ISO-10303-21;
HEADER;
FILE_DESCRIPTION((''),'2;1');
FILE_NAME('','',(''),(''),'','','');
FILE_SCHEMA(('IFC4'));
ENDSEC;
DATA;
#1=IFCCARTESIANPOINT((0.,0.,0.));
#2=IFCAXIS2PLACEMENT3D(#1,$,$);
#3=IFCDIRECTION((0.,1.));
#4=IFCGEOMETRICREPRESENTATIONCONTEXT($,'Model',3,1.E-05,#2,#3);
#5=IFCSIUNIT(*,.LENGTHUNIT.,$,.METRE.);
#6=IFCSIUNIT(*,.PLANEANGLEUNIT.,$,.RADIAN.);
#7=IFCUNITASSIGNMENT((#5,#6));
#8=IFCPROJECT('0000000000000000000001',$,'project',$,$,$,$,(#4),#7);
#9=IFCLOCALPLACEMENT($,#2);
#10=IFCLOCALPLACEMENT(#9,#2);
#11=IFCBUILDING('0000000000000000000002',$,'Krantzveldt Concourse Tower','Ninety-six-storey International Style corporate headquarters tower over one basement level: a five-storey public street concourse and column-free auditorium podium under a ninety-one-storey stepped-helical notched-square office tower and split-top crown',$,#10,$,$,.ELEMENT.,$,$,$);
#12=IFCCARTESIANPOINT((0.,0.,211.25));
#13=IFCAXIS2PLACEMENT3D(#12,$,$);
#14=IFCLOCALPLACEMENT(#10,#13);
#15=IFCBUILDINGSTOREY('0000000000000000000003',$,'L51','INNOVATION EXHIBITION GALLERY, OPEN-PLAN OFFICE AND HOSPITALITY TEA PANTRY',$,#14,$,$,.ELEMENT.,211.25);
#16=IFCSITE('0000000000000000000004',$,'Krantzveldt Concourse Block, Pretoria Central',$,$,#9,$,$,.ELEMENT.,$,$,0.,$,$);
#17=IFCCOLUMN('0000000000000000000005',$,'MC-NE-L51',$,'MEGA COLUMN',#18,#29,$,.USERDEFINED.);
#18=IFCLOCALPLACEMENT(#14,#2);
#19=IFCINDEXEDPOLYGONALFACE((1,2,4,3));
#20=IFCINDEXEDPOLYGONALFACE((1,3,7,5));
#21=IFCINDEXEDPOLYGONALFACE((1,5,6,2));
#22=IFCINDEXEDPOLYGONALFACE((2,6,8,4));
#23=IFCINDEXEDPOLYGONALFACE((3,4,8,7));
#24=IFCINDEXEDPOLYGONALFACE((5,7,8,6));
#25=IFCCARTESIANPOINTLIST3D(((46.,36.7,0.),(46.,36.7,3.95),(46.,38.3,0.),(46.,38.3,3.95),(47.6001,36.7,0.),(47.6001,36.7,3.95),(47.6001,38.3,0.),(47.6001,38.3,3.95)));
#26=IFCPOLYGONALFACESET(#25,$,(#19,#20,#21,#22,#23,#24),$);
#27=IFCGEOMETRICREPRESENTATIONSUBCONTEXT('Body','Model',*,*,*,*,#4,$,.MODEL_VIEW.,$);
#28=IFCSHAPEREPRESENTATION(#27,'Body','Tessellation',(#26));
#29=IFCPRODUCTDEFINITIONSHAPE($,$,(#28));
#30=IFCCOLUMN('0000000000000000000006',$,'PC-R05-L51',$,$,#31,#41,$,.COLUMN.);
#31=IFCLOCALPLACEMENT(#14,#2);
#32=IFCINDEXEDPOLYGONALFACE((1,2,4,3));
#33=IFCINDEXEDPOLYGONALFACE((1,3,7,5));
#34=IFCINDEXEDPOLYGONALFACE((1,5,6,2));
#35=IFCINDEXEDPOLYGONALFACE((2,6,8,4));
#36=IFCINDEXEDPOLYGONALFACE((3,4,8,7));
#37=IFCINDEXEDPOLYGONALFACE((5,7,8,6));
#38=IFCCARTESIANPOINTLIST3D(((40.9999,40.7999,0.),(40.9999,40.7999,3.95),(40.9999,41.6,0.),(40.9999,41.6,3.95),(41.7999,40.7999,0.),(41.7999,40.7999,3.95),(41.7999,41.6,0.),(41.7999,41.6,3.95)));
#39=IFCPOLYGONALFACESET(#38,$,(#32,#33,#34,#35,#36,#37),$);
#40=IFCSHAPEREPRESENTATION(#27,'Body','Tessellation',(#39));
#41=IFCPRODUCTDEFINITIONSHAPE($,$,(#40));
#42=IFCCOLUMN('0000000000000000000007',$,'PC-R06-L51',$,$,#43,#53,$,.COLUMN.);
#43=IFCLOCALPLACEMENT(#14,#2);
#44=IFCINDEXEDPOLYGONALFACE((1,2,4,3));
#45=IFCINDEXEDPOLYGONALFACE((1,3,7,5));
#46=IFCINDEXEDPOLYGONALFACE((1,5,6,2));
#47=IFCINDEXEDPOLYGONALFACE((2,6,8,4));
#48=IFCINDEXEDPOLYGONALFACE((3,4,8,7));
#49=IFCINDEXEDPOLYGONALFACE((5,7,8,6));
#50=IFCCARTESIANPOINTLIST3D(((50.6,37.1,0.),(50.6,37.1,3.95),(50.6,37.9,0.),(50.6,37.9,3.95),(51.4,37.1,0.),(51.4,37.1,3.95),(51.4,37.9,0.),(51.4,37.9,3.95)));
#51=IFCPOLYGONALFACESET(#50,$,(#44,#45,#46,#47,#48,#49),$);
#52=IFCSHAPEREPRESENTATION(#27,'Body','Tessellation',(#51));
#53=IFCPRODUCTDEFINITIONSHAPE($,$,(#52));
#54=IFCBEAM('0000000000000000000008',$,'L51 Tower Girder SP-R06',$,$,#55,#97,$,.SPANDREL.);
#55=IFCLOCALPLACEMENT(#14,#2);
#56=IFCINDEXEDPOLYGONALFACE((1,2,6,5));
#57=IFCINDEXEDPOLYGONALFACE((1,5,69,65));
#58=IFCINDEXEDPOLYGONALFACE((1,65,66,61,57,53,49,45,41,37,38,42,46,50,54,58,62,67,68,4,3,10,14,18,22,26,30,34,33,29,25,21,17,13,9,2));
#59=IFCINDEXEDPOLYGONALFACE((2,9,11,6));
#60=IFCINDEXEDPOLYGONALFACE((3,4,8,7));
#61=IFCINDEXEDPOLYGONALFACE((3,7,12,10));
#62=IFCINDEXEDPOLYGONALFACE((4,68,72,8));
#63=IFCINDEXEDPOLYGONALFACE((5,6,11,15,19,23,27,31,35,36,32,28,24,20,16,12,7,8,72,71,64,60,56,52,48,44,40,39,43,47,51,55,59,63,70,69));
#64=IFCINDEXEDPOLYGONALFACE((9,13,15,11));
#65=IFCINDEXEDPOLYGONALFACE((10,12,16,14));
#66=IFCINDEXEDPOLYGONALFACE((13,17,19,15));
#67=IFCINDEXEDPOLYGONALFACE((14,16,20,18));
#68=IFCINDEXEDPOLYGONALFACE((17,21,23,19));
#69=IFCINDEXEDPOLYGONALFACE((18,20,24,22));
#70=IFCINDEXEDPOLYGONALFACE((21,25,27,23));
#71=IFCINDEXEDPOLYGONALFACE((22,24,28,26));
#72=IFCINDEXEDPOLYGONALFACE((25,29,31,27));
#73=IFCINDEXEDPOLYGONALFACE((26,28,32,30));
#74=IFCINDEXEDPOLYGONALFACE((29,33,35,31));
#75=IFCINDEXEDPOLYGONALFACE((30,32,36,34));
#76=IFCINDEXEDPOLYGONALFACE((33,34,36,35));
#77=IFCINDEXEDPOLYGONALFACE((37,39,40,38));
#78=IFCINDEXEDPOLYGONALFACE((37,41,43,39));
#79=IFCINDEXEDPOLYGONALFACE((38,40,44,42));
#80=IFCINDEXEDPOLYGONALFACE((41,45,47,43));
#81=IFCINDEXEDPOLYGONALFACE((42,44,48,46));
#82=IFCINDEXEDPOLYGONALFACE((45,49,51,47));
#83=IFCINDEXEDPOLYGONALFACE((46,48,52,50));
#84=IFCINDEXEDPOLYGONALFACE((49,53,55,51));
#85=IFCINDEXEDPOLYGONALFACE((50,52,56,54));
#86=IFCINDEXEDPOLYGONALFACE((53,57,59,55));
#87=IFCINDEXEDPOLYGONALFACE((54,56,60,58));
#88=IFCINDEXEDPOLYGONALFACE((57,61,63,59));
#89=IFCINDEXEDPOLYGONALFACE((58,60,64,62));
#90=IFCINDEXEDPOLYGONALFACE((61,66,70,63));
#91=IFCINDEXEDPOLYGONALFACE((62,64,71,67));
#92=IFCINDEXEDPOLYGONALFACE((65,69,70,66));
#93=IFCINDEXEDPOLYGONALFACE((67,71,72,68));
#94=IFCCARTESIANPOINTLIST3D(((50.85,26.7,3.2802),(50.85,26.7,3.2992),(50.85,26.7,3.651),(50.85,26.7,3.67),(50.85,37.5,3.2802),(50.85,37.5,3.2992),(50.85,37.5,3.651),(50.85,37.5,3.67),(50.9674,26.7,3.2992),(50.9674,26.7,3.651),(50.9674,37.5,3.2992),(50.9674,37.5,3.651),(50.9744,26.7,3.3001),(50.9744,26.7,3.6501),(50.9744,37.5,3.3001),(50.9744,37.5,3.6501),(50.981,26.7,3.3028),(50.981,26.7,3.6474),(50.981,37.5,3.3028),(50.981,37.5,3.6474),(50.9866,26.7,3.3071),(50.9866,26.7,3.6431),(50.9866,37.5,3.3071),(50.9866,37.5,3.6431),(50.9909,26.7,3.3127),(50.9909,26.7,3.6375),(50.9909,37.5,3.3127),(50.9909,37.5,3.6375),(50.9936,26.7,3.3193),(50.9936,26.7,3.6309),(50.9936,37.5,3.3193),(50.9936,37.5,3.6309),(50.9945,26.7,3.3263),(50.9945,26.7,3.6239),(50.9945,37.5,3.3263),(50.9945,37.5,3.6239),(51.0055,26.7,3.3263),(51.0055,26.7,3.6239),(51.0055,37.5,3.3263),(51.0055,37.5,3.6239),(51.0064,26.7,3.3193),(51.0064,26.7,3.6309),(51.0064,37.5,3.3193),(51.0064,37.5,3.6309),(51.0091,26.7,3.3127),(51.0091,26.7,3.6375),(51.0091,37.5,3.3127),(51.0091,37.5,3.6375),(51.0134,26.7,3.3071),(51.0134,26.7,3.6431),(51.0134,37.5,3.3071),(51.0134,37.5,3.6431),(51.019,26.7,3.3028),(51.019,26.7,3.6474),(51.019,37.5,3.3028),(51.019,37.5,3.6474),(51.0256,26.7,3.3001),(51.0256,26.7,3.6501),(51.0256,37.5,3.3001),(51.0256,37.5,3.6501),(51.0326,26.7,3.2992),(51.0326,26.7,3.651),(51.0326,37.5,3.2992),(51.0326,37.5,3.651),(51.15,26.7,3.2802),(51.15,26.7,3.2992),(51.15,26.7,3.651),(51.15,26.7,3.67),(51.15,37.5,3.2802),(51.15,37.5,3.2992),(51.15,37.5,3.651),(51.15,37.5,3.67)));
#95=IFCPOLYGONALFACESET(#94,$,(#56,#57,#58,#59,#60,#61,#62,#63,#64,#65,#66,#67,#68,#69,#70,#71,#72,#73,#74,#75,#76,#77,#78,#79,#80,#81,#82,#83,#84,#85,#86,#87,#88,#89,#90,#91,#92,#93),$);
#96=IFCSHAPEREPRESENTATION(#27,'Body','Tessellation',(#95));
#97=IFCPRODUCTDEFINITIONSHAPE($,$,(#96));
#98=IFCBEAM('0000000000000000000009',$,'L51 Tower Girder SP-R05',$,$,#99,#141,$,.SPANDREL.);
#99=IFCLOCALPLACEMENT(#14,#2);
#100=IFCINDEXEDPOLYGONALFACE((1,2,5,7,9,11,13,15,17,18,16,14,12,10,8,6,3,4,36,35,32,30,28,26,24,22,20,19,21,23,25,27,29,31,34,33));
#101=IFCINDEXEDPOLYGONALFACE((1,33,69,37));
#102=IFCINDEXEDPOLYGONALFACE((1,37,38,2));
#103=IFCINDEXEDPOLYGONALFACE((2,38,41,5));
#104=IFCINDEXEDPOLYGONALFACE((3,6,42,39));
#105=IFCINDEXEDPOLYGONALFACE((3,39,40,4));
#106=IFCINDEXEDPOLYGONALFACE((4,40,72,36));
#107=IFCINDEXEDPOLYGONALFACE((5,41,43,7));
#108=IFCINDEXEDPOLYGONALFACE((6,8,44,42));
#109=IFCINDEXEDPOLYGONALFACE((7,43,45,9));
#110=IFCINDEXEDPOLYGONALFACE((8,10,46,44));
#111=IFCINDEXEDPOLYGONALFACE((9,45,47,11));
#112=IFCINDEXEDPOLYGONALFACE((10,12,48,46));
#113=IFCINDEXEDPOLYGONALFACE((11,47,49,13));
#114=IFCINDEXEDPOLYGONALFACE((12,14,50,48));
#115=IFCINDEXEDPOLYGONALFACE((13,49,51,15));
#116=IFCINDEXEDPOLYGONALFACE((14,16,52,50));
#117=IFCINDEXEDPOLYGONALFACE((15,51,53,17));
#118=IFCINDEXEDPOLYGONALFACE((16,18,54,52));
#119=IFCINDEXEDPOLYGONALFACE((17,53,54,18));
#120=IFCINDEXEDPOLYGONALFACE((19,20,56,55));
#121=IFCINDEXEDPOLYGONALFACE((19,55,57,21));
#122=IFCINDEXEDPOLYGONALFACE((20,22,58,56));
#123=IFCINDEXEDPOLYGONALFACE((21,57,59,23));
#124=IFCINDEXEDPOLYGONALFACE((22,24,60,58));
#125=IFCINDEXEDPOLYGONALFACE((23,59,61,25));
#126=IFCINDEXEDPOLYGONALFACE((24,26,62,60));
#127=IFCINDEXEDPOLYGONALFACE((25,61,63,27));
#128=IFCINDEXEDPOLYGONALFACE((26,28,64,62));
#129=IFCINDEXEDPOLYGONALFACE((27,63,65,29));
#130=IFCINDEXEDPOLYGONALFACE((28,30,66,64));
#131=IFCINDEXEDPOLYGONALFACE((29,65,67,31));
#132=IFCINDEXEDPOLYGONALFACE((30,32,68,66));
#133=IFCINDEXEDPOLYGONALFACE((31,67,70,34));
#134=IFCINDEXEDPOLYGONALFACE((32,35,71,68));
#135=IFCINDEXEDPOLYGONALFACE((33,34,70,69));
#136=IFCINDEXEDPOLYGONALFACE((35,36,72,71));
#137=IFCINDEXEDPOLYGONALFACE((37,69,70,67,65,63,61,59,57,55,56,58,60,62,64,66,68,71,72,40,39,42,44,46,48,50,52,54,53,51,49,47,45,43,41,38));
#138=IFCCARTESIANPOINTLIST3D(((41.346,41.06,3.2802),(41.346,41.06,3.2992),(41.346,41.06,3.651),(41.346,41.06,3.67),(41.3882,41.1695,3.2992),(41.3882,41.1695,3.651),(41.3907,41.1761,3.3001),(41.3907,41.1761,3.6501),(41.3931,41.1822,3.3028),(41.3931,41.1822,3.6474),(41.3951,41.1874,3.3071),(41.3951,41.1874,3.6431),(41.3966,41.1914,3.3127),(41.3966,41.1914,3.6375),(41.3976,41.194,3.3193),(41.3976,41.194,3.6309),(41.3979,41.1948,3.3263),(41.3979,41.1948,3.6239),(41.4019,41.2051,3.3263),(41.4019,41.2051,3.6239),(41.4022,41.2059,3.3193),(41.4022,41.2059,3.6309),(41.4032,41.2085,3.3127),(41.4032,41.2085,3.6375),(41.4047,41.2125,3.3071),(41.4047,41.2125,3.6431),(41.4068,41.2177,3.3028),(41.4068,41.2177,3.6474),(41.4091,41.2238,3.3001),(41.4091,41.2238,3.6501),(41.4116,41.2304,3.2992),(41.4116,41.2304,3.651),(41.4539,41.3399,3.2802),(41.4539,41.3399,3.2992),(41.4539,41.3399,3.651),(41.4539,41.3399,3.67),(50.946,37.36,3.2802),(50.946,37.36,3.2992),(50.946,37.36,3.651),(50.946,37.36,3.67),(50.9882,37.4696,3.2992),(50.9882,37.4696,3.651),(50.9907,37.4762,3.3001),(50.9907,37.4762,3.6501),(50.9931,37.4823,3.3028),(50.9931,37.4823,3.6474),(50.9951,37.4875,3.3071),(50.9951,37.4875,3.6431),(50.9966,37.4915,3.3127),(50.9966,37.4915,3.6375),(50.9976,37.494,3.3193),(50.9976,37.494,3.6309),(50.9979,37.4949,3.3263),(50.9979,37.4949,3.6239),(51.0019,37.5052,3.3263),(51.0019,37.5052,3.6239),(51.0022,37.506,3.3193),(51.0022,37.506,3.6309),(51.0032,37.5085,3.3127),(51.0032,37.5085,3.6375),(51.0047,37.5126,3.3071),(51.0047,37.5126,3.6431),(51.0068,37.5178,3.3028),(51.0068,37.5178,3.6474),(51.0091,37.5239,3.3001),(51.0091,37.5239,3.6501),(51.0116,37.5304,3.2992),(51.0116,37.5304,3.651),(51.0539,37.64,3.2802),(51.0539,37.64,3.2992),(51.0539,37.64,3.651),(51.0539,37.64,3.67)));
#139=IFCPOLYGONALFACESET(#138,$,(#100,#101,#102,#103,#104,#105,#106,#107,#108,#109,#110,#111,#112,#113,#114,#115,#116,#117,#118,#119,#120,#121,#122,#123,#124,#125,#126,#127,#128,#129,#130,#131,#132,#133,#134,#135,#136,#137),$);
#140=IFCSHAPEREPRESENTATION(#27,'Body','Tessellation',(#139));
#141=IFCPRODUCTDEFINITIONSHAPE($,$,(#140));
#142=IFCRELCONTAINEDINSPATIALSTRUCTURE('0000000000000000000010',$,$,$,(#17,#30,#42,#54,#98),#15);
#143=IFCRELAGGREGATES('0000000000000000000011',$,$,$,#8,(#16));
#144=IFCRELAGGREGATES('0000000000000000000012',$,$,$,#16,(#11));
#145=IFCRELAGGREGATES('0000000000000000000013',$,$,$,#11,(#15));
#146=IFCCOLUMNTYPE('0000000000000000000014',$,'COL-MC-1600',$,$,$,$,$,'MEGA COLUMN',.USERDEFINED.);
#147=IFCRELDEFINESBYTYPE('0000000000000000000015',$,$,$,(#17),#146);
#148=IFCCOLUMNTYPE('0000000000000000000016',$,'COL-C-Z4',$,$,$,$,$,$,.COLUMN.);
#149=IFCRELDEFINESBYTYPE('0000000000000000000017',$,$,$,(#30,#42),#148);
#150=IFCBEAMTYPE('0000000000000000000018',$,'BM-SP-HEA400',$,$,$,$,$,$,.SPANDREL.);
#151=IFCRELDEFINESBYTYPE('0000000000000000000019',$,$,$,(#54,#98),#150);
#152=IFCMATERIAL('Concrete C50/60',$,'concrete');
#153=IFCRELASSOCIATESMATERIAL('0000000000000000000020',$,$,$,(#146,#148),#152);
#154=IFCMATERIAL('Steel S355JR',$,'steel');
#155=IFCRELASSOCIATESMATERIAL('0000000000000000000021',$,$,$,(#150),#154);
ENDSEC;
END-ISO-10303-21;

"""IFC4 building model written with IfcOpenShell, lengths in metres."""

from ifc_helpers import new_model, si_unit, direction, frame, origin, origin_2d, place, context, subcontext, project, spatial, rectangle, i_section, extrude, source, transform, mapped, material, material_profile, profile_set, type_object, type_shapes, element, save


model = new_model("IFC4")

# Units and contexts
model_context = context("Model", 3, precision=1e-05, world=origin(), true_north=direction((0.0, 1.0)))
body_context = subcontext(model_context, "Body", "Model", "MODEL_VIEW")
ifc_project = project(units=[si_unit("LENGTHUNIT", "METRE"), si_unit("PLANEANGLEUNIT", "RADIAN")], contexts=[model_context])

# Site, building, storey
site_placement = place(None, origin())
site = spatial("IfcSite", under=ifc_project, at=site_placement, Name="Krantzveldt Concourse Block, Pretoria Central", CompositionType="ELEMENT", RefElevation=0.0)
building_placement = place(site_placement, origin())
building = spatial("IfcBuilding", under=site, at=building_placement, Name="Krantzveldt Concourse Tower", Description="Ninety-six-storey International Style corporate headquarters tower over one basement level: a five-storey public street concourse and column-free auditorium podium under a ninety-one-storey stepped-helical notched-square office tower and split-top crown", CompositionType="ELEMENT")
storey_placement = place(building_placement, frame((0.0, 0.0, 211.25)))
storey = spatial("IfcBuildingStorey", under=building, at=storey_placement, Name="L51", Description="INNOVATION EXHIBITION GALLERY, OPEN-PLAN OFFICE AND HOSPITALITY TEA PANTRY", CompositionType="ELEMENT", Elevation=211.25)

# Columns
ifc_material_1 = material(Name="Concrete C50/60", Category="concrete")
ifc_material_profile_1 = material_profile(ifc_material_1, rectangle(XDim=1.6001, YDim=1.6001, at=origin_2d()), Name="Concrete C50/60", Category="concrete")
ifc_profile_set_1 = profile_set([ifc_material_profile_1], Name="Concrete C50/60 - RC 1600x1600")
column_type_1 = type_object("IfcColumnType", Name="COL-MC-1600", ElementType="MEGA COLUMN", PredefinedType="USERDEFINED", material=ifc_profile_set_1)
shared_shape_1 = source(origin(), body_context, "Body", "SweptSolid", [
    extrude(rectangle(XDim=1.6001, YDim=1.6001, at=origin_2d()), origin(), (0.0, 0.0, 1.0), 3.95),
])
type_shapes(column_type_1, [shared_shape_1])
column_placement = place(storey_placement, frame((46.8, 37.5, 0.0), z_axis=(0.0, 0.0, 1.0), x_axis=(1.0, 0.0, 0.0)))
element("IfcColumn", 1, at=column_placement, inside=storey, type_object=column_type_1, Name="MC-NE-L51", ObjectType="MEGA COLUMN", PredefinedType="USERDEFINED", context=body_context, shape_type="MappedRepresentation", body=[
    mapped(shared_shape_1, transform((0.0, 0.0, 0.0), x_axis=(1.0, 0.0, 0.0), y_axis=(0.0, 1.0, 0.0), z_axis=(0.0, 0.0, 1.0), scale=1.0)),
])
ifc_material_profile_2 = material_profile(ifc_material_1, rectangle(XDim=0.8, YDim=0.8, at=origin_2d()), Name="Concrete C50/60", Category="concrete")
ifc_profile_set_2 = profile_set([ifc_material_profile_2], Name="Concrete C50/60 - RC 800x800")
column_type_2 = type_object("IfcColumnType", Name="COL-C-Z4", PredefinedType="COLUMN", material=ifc_profile_set_2)
shared_shape_2 = source(origin(), body_context, "Body", "SweptSolid", [
    extrude(rectangle(XDim=0.8, YDim=0.8, at=origin_2d()), origin(), (0.0, 0.0, 1.0), 3.95),
])
type_shapes(column_type_2, [shared_shape_2])
for number, where, z_axis, x_axis, name in (
    (2, (41.3999, 41.2, 0.0), (0.0, 0.0, 1.0), (1.0, 0.0, 0.0), "PC-R05-L51"),
    (3, (51.0, 37.5, 0.0), (0.0, 0.0, 1.0), (1.0, 0.0, 0.0), "PC-R06-L51"),
):
    element("IfcColumn", number, at=place(storey_placement, frame(where, z_axis=z_axis, x_axis=x_axis)), inside=storey, type_object=column_type_2, Name=name, PredefinedType="COLUMN", context=body_context, shape_type="MappedRepresentation", body=[
        mapped(shared_shape_2, transform((0.0, 0.0, 0.0), x_axis=(1.0, 0.0, 0.0), y_axis=(0.0, 1.0, 0.0), z_axis=(0.0, 0.0, 1.0), scale=1.0)),
    ])

# Beams
ifc_material_2 = material(Name="Steel S355JR", Category="steel")
ifc_material_profile_3 = material_profile(ifc_material_2, i_section(OverallWidth=0.3, OverallDepth=0.3899, WebThickness=0.011, FlangeThickness=0.019, FilletRadius=0.0271, at=origin_2d()), Name="Steel S355JR", Category="steel")
ifc_profile_set_3 = profile_set([ifc_material_profile_3], Name="Steel S355JR - HEA 400")
beam_type_1 = type_object("IfcBeamType", Name="BM-SP-HEA400", PredefinedType="SPANDREL", material=ifc_profile_set_3)
shared_shape_3 = source(origin(), body_context, "Body", "SweptSolid", [
    extrude(i_section(OverallWidth=0.3, OverallDepth=0.3899, WebThickness=0.011, FlangeThickness=0.019, FilletRadius=0.0271, at=origin_2d()), origin(), (0.0, 0.0, 1.0), 10.8),
])
beam_1_placement = place(storey_placement, frame((51.0, 37.5, 3.4751), z_axis=(0.0, -1.0, 0.0), x_axis=(1.0, 0.0, 0.0)))
element("IfcBeam", 4, at=beam_1_placement, inside=storey, type_object=beam_type_1, Name="L51 Tower Girder SP-R06", PredefinedType="SPANDREL", context=body_context, shape_type="MappedRepresentation", body=[
    mapped(shared_shape_3, transform((0.0, 0.0, 0.0), x_axis=(1.0, 0.0, 0.0), y_axis=(0.0, 1.0, 0.0), z_axis=(0.0, 0.0, 1.0), scale=1.0)),
])
shared_shape_4 = source(origin(), body_context, "Body", "SweptSolid", [
    extrude(i_section(OverallWidth=0.3, OverallDepth=0.3899, WebThickness=0.011, FlangeThickness=0.019, FilletRadius=0.0271, at=origin_2d()), origin(), (0.0, 0.0, 1.0), 10.2883),
])
type_shapes(beam_type_1, [shared_shape_3, shared_shape_4])
beam_2_placement = place(storey_placement, frame((41.3999, 41.2, 3.4751), z_axis=(0.933098, -0.359623, 0.0), x_axis=(0.359623, 0.933098, 0.0)))
element("IfcBeam", 5, at=beam_2_placement, inside=storey, type_object=beam_type_1, Name="L51 Tower Girder SP-R05", PredefinedType="SPANDREL", context=body_context, shape_type="MappedRepresentation", body=[
    mapped(shared_shape_4, transform((0.0, 0.0, 0.0), x_axis=(1.0, 0.0, 0.0), y_axis=(0.0, 1.0, 0.0), z_axis=(0.0, 0.0, 1.0), scale=1.0)),
])

save(model, "model.ifc")
